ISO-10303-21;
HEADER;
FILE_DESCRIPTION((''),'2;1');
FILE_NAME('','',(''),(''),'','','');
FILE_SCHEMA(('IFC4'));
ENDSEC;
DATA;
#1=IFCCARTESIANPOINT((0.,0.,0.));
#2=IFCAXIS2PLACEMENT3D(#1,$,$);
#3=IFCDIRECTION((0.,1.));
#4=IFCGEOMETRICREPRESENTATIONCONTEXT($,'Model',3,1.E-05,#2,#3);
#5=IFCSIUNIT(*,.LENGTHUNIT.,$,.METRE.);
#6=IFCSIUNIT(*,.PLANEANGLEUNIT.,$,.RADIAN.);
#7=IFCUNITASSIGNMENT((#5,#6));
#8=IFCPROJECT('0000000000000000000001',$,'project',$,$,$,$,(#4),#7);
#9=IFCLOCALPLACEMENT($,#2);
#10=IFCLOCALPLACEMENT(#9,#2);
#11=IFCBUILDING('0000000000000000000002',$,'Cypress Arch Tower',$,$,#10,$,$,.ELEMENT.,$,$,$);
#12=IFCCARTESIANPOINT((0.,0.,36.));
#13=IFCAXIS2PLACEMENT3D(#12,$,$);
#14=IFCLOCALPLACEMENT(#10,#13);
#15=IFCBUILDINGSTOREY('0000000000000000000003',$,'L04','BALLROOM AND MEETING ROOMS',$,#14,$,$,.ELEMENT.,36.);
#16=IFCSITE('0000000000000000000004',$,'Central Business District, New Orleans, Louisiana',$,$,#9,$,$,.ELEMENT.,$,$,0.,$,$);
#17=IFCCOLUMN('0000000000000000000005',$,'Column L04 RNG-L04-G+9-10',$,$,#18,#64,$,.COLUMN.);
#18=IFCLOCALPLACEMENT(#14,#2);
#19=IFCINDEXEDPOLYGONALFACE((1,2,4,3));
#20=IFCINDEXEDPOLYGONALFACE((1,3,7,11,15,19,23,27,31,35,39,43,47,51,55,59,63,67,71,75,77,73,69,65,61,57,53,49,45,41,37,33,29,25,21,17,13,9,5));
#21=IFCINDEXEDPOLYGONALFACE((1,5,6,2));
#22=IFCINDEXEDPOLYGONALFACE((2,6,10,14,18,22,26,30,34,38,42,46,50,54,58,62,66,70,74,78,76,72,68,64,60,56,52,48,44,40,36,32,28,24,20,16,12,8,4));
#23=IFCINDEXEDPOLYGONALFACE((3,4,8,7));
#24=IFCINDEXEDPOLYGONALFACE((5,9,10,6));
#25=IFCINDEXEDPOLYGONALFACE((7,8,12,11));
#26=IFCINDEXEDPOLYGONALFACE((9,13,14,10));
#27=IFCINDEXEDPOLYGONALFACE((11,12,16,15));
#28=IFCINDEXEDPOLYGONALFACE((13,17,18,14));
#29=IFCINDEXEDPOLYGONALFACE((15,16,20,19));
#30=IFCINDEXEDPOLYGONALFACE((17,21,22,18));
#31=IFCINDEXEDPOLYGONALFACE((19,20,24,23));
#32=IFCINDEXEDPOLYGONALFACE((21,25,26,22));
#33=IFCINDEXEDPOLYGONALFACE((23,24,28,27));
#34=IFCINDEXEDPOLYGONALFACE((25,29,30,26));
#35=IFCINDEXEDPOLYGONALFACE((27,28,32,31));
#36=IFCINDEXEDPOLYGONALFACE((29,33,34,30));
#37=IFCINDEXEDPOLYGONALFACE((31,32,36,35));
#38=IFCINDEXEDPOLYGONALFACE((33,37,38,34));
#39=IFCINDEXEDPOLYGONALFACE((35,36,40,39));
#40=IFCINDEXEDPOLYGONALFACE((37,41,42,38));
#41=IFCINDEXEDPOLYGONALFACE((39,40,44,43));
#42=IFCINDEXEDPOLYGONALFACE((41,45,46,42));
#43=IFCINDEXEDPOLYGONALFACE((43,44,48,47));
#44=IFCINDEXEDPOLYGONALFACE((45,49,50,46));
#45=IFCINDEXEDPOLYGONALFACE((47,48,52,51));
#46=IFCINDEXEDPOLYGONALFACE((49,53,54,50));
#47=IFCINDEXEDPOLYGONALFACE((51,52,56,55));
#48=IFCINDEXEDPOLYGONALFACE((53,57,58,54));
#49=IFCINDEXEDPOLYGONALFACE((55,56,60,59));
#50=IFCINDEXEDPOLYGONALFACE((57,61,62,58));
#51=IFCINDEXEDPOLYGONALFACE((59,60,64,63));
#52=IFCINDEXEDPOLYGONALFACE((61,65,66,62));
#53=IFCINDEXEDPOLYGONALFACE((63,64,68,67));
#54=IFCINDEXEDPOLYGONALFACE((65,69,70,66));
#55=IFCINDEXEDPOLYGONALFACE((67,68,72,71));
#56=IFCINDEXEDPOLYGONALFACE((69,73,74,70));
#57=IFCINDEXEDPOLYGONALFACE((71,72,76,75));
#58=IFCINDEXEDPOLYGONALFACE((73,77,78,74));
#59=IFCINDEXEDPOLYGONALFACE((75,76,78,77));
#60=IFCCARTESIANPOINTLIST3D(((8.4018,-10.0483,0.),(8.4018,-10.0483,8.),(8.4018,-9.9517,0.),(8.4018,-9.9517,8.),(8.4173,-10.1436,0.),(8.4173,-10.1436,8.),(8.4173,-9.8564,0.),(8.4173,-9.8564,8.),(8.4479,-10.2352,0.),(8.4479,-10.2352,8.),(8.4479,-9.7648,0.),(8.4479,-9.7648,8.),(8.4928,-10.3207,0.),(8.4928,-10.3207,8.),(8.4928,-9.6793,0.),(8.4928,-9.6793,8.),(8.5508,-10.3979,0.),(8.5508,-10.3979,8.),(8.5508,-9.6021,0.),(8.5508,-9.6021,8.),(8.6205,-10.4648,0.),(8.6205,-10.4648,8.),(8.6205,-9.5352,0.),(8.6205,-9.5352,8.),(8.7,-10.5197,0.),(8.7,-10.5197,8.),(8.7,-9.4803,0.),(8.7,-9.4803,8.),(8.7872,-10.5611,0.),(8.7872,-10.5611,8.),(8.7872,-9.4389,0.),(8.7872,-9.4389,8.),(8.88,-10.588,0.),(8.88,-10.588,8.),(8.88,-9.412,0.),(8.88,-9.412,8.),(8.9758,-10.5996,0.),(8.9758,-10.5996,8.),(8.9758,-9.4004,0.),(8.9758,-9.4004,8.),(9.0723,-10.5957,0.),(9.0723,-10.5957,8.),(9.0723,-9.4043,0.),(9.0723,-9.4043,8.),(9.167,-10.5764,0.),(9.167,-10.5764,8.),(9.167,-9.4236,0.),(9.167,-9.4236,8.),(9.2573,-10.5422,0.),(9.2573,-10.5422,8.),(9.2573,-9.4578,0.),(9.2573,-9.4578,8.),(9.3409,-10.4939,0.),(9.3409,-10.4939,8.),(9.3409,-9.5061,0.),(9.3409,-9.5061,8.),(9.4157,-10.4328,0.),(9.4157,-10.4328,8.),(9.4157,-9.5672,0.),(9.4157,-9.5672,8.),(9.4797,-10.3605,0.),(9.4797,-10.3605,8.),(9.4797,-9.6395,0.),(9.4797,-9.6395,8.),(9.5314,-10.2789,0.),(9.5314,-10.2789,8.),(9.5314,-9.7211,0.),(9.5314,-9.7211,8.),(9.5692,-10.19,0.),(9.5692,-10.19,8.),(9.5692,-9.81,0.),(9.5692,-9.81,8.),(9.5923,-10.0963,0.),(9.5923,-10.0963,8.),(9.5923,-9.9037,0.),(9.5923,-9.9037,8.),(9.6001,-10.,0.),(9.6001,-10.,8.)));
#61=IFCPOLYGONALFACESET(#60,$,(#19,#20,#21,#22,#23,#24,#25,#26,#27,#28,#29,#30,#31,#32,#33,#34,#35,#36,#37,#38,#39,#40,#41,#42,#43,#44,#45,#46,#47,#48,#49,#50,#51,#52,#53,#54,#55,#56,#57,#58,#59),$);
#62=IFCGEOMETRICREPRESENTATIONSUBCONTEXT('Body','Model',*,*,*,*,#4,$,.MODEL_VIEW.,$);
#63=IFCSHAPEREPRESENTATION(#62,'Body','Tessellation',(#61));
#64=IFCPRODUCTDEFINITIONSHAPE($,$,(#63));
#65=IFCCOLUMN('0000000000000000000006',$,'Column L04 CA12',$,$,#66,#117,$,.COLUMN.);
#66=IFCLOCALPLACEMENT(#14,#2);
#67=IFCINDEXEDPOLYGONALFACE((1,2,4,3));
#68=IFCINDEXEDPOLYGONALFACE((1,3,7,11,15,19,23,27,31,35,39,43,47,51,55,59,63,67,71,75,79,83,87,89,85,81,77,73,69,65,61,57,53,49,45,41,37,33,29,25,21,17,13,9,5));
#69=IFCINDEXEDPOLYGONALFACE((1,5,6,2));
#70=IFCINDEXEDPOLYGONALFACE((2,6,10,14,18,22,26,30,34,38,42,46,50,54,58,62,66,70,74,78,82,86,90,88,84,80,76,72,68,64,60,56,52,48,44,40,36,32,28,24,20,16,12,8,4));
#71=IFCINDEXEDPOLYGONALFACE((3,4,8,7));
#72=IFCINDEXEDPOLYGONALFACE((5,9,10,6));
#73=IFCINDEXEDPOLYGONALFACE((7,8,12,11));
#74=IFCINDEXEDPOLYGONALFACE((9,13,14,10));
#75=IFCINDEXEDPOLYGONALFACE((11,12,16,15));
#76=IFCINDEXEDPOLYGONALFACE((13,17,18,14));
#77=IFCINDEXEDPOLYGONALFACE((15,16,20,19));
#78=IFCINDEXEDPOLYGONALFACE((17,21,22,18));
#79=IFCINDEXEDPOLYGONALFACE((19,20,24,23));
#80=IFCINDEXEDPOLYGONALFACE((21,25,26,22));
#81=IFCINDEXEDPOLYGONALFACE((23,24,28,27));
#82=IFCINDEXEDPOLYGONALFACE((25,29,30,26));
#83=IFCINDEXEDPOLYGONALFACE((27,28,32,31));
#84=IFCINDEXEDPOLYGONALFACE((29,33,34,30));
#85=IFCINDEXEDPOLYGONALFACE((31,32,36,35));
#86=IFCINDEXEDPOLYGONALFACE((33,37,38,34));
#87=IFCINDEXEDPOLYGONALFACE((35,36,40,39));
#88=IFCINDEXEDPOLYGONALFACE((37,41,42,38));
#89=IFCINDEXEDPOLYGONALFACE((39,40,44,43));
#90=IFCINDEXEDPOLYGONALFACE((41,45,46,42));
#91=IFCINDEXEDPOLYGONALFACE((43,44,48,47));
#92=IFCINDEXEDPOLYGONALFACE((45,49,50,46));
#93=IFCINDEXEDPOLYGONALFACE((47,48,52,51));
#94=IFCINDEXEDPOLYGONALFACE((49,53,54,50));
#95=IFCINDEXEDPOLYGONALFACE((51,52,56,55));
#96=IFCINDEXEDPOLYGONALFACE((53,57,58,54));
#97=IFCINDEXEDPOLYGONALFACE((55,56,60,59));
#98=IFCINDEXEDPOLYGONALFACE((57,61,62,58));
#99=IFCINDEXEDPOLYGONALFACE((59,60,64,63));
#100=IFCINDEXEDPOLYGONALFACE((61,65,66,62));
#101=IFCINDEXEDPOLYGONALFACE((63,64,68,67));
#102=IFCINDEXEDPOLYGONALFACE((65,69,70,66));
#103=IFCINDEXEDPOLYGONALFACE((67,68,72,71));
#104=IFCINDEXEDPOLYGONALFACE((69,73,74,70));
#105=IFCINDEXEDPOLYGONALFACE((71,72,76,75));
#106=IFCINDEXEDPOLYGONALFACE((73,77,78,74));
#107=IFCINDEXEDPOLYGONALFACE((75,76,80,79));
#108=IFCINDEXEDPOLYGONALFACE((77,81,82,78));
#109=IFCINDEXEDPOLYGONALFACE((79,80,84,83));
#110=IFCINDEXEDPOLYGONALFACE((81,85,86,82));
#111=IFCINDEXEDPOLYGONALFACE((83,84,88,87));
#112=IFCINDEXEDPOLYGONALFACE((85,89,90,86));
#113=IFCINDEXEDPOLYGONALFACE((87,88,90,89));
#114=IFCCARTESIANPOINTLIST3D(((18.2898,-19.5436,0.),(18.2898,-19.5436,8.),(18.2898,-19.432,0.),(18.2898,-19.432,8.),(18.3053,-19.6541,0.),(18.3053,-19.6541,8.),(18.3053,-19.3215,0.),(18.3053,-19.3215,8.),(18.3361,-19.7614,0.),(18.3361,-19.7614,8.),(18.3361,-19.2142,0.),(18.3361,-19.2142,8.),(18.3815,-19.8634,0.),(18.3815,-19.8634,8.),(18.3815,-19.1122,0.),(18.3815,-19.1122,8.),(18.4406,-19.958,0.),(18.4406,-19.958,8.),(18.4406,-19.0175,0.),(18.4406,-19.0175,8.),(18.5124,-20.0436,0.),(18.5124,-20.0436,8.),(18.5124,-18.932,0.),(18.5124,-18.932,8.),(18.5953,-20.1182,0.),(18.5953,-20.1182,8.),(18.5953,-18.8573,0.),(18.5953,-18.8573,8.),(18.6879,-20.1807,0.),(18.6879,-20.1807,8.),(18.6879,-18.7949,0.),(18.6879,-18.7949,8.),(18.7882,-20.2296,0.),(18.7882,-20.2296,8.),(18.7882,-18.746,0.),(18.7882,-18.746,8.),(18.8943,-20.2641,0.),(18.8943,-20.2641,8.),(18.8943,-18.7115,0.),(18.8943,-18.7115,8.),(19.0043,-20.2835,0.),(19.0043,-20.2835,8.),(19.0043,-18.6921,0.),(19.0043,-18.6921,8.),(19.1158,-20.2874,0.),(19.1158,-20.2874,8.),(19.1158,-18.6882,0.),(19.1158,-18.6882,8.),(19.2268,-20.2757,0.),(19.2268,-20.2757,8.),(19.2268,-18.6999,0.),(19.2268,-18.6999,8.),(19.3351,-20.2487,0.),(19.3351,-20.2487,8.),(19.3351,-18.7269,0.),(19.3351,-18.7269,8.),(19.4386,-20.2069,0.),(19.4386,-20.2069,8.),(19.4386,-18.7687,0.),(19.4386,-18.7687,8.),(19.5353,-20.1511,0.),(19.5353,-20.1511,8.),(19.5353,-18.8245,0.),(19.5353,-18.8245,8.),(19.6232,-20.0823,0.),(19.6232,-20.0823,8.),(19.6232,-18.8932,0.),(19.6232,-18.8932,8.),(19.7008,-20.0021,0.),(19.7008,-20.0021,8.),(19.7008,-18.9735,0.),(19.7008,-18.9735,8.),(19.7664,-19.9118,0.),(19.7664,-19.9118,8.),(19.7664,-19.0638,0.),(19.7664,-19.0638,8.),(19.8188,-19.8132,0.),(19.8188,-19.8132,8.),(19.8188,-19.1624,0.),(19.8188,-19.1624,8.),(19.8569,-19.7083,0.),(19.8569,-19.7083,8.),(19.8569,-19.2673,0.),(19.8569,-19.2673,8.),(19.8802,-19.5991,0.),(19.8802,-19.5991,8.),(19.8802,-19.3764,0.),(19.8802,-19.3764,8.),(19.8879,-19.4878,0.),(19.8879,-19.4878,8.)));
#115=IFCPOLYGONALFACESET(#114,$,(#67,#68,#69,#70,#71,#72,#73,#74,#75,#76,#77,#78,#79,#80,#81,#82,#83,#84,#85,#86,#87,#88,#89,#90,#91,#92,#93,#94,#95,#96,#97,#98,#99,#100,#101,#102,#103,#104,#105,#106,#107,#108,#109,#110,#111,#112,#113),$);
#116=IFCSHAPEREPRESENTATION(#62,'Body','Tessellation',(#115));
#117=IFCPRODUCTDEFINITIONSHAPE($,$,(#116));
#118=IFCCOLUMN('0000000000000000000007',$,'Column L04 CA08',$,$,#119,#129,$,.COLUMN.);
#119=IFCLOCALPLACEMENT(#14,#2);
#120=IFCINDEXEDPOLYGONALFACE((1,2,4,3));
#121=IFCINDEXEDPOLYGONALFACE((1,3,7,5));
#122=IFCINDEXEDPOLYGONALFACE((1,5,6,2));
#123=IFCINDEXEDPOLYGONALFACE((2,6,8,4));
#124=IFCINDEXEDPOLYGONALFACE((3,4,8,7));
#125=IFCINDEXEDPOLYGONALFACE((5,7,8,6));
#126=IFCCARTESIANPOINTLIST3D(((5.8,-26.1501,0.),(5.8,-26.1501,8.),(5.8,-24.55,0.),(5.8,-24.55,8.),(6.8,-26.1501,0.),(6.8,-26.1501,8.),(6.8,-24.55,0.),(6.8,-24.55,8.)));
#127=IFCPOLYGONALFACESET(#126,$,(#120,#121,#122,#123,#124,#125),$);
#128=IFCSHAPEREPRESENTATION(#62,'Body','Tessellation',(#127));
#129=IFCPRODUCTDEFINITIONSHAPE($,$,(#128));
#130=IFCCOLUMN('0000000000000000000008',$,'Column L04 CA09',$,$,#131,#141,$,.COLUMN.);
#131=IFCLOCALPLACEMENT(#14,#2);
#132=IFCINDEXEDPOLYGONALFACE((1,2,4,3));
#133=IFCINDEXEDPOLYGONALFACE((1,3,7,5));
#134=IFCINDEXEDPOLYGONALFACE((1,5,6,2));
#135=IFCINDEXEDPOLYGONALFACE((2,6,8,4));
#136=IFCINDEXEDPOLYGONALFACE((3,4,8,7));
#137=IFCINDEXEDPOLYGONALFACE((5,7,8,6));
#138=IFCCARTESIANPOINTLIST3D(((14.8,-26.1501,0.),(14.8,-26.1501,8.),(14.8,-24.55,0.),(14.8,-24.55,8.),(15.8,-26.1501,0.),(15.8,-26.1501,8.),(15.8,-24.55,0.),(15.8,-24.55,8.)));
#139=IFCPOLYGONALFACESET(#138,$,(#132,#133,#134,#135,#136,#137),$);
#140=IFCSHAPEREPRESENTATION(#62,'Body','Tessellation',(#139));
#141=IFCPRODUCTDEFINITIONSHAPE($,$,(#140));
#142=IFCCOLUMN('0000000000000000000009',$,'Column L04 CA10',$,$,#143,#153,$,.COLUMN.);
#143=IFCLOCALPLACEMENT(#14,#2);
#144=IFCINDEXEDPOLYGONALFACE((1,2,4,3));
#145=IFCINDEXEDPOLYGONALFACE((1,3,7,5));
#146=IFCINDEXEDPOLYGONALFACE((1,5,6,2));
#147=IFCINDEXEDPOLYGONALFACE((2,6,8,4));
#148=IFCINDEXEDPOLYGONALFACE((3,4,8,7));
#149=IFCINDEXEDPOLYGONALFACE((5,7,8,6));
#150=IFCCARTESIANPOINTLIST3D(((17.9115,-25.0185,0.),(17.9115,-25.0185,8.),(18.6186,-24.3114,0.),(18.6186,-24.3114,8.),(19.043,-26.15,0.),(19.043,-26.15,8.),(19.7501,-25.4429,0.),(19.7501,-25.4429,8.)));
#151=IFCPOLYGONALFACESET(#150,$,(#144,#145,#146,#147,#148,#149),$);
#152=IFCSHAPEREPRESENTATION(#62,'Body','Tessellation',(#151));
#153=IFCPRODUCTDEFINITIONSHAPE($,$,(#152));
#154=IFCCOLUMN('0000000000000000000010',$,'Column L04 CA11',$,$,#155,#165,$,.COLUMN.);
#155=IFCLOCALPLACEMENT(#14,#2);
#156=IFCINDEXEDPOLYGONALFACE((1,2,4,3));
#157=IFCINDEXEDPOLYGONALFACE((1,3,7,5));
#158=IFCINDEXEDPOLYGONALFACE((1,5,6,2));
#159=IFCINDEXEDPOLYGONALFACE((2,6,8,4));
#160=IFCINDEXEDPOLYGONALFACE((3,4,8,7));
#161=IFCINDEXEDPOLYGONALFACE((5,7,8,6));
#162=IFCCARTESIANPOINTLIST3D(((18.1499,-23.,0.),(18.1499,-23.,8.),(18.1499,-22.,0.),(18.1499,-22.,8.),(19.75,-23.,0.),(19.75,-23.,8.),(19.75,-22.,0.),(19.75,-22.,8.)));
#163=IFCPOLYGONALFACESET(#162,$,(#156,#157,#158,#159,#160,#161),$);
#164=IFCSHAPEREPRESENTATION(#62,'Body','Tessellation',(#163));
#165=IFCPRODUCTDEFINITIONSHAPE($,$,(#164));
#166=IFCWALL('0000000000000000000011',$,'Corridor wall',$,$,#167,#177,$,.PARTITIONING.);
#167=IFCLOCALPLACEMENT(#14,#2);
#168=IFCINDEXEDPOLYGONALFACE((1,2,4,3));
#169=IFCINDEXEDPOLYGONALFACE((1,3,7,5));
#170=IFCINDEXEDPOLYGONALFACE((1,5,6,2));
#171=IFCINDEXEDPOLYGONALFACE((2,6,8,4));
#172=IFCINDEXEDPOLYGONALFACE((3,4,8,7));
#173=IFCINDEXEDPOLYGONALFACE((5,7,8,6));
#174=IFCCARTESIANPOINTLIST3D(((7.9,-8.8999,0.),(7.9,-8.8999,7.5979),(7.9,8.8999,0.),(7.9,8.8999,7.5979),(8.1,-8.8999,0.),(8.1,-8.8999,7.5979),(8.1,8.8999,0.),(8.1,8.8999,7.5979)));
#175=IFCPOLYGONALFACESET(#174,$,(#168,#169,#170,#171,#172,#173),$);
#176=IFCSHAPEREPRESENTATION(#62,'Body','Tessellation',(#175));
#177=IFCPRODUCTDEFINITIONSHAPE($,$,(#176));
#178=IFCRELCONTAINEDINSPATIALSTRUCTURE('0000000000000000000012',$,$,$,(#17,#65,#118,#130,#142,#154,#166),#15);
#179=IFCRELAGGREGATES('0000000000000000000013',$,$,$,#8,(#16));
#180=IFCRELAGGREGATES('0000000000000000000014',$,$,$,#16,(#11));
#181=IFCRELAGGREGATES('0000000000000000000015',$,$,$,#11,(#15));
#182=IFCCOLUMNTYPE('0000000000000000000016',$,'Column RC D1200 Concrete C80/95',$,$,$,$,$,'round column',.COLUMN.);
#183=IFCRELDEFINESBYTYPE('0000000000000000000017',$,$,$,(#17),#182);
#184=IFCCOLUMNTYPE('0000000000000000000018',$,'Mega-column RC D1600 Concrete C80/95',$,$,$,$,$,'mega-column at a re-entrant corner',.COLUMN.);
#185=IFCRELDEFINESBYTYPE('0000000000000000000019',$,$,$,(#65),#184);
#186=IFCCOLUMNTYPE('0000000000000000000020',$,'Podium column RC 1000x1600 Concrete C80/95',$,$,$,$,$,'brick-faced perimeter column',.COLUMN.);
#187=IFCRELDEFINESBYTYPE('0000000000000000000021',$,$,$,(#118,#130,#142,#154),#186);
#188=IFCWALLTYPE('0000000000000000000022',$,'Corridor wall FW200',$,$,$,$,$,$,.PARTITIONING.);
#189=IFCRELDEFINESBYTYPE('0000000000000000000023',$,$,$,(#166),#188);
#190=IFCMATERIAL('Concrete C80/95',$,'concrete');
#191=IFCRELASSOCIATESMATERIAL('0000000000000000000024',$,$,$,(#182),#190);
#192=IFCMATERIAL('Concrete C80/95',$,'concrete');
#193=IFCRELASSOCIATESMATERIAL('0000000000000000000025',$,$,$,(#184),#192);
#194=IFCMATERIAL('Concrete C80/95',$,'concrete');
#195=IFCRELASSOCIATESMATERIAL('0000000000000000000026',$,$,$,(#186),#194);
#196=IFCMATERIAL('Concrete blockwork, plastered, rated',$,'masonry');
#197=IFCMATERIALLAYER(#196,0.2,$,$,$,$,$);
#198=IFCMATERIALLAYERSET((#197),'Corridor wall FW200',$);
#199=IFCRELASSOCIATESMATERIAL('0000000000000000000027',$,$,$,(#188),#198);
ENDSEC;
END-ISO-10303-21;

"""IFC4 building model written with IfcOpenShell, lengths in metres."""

from ifc_helpers import new_model, si_unit, direction, frame, frame_2d, origin, origin_2d, place, context, subcontext, project, spatial, rectangle, circle, extrude, material, layer, layer_set, material_profile, profile_set, type_object, element, save


model = new_model("IFC4")

# Units and contexts
model_context = context("Model", 3, precision=1e-05, world=origin(), true_north=direction((0.0, 1.0)))
body_context = subcontext(model_context, "Body", "Model", "MODEL_VIEW")
ifc_project = project(units=[si_unit("LENGTHUNIT", "METRE"), si_unit("PLANEANGLEUNIT", "RADIAN")], contexts=[model_context])

# Site, building, storey
site_placement = place(None, origin())
site = spatial("IfcSite", under=ifc_project, at=site_placement, Name="Central Business District, New Orleans, Louisiana", CompositionType="ELEMENT", RefElevation=0.0)
building_placement = place(site_placement, origin())
building = spatial("IfcBuilding", under=site, at=building_placement, Name="Cypress Arch Tower", CompositionType="ELEMENT")
storey_placement = place(building_placement, frame((0.0, 0.0, 36.0)))
storey = spatial("IfcBuildingStorey", under=building, at=storey_placement, Name="L04", Description="BALLROOM AND MEETING ROOMS", CompositionType="ELEMENT", Elevation=36.0)

# Columns
ifc_material_1 = material(Name="Concrete C80/95", Category="concrete")
ifc_material_profile_1 = material_profile(ifc_material_1, circle(Radius=0.6001, at=origin_2d()), Name="RC D1200")
ifc_profile_set_1 = profile_set([ifc_material_profile_1], Name="Concrete C80/95")
column_type_1 = type_object("IfcColumnType", Name="Column RC D1200 Concrete C80/95", ElementType="round column", PredefinedType="COLUMN", material=ifc_profile_set_1)
for number, where, z_axis, x_axis, name in (
    (1, (9.0, -10.0, 0.0), (0.0, 0.0, 1.0), (1.0, 0.0, 0.0), "Column L04 RNG-L04-G+9-10"),
):
    element("IfcColumn", number, at=place(storey_placement, frame(where, z_axis=z_axis, x_axis=x_axis)), inside=storey, type_object=column_type_1, Name=name, PredefinedType="COLUMN", context=body_context, shape_type="SweptSolid", body=[
        extrude(circle(Radius=0.6001, at=origin_2d()), origin(), (0.0, 0.0, 1.0), 8.0),
    ])
ifc_material_2 = material(Name="Concrete C80/95", Category="concrete")
ifc_material_profile_2 = material_profile(ifc_material_2, circle(Radius=0.8, at=origin_2d()), Name="RC D1600")
ifc_profile_set_2 = profile_set([ifc_material_profile_2], Name="Concrete C80/95")
column_type_2 = type_object("IfcColumnType", Name="Mega-column RC D1600 Concrete C80/95", ElementType="mega-column at a re-entrant corner", PredefinedType="COLUMN", material=ifc_profile_set_2)
column_placement = place(storey_placement, frame((19.0879, -19.4878, 0.0), z_axis=(0.0, 0.0, 1.0), x_axis=(1.0, 0.0, 0.0)))
element("IfcColumn", 2, at=column_placement, inside=storey, type_object=column_type_2, Name="Column L04 CA12", PredefinedType="COLUMN", context=body_context, shape_type="SweptSolid", body=[
    extrude(circle(Radius=0.8, at=origin_2d()), origin(), (0.0, 0.0, 1.0), 8.0),
])
ifc_material_3 = material(Name="Concrete C80/95", Category="concrete")
ifc_material_profile_3 = material_profile(ifc_material_3, rectangle(XDim=1.0, YDim=1.6001, at=origin_2d()), Name="RC 1000x1600")
ifc_profile_set_3 = profile_set([ifc_material_profile_3], Name="Concrete C80/95")
column_type_3 = type_object("IfcColumnType", Name="Podium column RC 1000x1600 Concrete C80/95", ElementType="brick-faced perimeter column", PredefinedType="COLUMN", material=ifc_profile_set_3)
for number, where, z_axis, x_axis, name in (
    (3, (6.3, -25.3501, 0.0), (0.0, 0.0, 1.0), (1.0, 0.0, 0.0), "Column L04 CA08"),
    (4, (15.3, -25.3501, 0.0), (0.0, 0.0, 1.0), (1.0, 0.0, 0.0), "Column L04 CA09"),
    (5, (18.8308, -25.2307, 0.0), (0.0, 0.0, 1.0), (0.707107, 0.707107, 0.0), "Column L04 CA10"),
    (6, (18.95, -22.5, 0.0), (0.0, 0.0, 1.0), (0.0, 1.0, 0.0), "Column L04 CA11"),
):
    element("IfcColumn", number, at=place(storey_placement, frame(where, z_axis=z_axis, x_axis=x_axis)), inside=storey, type_object=column_type_3, Name=name, PredefinedType="COLUMN", context=body_context, shape_type="SweptSolid", body=[
        extrude(rectangle(XDim=1.0, YDim=1.6001, at=origin_2d()), origin(), (0.0, 0.0, 1.0), 8.0),
    ])

# Wall
ifc_material_4 = material(Name="Concrete blockwork, plastered, rated", Category="masonry")
ifc_layer_1 = layer(ifc_material_4, 0.2)
ifc_layer_set_1 = layer_set([ifc_layer_1], Name="Corridor wall FW200")
wall_type_1 = type_object("IfcWallType", Name="Corridor wall FW200", PredefinedType="PARTITIONING", material=ifc_layer_set_1)
wall_1_placement = place(storey_placement, frame((8.0, -8.8999, 0.0), z_axis=(0.0, 0.0, 1.0), x_axis=(0.0, 1.0, 0.0)))
element("IfcWall", 7, at=wall_1_placement, inside=storey, type_object=wall_type_1, Name="Corridor wall", PredefinedType="PARTITIONING", context=body_context, shape_type="SweptSolid", body=[
    extrude(rectangle(XDim=17.7998, YDim=0.2, at=frame_2d((8.8999, 0.0))), origin(), (0.0, 0.0, 1.0), 7.5979),
])

save(model, "model.ifc")
